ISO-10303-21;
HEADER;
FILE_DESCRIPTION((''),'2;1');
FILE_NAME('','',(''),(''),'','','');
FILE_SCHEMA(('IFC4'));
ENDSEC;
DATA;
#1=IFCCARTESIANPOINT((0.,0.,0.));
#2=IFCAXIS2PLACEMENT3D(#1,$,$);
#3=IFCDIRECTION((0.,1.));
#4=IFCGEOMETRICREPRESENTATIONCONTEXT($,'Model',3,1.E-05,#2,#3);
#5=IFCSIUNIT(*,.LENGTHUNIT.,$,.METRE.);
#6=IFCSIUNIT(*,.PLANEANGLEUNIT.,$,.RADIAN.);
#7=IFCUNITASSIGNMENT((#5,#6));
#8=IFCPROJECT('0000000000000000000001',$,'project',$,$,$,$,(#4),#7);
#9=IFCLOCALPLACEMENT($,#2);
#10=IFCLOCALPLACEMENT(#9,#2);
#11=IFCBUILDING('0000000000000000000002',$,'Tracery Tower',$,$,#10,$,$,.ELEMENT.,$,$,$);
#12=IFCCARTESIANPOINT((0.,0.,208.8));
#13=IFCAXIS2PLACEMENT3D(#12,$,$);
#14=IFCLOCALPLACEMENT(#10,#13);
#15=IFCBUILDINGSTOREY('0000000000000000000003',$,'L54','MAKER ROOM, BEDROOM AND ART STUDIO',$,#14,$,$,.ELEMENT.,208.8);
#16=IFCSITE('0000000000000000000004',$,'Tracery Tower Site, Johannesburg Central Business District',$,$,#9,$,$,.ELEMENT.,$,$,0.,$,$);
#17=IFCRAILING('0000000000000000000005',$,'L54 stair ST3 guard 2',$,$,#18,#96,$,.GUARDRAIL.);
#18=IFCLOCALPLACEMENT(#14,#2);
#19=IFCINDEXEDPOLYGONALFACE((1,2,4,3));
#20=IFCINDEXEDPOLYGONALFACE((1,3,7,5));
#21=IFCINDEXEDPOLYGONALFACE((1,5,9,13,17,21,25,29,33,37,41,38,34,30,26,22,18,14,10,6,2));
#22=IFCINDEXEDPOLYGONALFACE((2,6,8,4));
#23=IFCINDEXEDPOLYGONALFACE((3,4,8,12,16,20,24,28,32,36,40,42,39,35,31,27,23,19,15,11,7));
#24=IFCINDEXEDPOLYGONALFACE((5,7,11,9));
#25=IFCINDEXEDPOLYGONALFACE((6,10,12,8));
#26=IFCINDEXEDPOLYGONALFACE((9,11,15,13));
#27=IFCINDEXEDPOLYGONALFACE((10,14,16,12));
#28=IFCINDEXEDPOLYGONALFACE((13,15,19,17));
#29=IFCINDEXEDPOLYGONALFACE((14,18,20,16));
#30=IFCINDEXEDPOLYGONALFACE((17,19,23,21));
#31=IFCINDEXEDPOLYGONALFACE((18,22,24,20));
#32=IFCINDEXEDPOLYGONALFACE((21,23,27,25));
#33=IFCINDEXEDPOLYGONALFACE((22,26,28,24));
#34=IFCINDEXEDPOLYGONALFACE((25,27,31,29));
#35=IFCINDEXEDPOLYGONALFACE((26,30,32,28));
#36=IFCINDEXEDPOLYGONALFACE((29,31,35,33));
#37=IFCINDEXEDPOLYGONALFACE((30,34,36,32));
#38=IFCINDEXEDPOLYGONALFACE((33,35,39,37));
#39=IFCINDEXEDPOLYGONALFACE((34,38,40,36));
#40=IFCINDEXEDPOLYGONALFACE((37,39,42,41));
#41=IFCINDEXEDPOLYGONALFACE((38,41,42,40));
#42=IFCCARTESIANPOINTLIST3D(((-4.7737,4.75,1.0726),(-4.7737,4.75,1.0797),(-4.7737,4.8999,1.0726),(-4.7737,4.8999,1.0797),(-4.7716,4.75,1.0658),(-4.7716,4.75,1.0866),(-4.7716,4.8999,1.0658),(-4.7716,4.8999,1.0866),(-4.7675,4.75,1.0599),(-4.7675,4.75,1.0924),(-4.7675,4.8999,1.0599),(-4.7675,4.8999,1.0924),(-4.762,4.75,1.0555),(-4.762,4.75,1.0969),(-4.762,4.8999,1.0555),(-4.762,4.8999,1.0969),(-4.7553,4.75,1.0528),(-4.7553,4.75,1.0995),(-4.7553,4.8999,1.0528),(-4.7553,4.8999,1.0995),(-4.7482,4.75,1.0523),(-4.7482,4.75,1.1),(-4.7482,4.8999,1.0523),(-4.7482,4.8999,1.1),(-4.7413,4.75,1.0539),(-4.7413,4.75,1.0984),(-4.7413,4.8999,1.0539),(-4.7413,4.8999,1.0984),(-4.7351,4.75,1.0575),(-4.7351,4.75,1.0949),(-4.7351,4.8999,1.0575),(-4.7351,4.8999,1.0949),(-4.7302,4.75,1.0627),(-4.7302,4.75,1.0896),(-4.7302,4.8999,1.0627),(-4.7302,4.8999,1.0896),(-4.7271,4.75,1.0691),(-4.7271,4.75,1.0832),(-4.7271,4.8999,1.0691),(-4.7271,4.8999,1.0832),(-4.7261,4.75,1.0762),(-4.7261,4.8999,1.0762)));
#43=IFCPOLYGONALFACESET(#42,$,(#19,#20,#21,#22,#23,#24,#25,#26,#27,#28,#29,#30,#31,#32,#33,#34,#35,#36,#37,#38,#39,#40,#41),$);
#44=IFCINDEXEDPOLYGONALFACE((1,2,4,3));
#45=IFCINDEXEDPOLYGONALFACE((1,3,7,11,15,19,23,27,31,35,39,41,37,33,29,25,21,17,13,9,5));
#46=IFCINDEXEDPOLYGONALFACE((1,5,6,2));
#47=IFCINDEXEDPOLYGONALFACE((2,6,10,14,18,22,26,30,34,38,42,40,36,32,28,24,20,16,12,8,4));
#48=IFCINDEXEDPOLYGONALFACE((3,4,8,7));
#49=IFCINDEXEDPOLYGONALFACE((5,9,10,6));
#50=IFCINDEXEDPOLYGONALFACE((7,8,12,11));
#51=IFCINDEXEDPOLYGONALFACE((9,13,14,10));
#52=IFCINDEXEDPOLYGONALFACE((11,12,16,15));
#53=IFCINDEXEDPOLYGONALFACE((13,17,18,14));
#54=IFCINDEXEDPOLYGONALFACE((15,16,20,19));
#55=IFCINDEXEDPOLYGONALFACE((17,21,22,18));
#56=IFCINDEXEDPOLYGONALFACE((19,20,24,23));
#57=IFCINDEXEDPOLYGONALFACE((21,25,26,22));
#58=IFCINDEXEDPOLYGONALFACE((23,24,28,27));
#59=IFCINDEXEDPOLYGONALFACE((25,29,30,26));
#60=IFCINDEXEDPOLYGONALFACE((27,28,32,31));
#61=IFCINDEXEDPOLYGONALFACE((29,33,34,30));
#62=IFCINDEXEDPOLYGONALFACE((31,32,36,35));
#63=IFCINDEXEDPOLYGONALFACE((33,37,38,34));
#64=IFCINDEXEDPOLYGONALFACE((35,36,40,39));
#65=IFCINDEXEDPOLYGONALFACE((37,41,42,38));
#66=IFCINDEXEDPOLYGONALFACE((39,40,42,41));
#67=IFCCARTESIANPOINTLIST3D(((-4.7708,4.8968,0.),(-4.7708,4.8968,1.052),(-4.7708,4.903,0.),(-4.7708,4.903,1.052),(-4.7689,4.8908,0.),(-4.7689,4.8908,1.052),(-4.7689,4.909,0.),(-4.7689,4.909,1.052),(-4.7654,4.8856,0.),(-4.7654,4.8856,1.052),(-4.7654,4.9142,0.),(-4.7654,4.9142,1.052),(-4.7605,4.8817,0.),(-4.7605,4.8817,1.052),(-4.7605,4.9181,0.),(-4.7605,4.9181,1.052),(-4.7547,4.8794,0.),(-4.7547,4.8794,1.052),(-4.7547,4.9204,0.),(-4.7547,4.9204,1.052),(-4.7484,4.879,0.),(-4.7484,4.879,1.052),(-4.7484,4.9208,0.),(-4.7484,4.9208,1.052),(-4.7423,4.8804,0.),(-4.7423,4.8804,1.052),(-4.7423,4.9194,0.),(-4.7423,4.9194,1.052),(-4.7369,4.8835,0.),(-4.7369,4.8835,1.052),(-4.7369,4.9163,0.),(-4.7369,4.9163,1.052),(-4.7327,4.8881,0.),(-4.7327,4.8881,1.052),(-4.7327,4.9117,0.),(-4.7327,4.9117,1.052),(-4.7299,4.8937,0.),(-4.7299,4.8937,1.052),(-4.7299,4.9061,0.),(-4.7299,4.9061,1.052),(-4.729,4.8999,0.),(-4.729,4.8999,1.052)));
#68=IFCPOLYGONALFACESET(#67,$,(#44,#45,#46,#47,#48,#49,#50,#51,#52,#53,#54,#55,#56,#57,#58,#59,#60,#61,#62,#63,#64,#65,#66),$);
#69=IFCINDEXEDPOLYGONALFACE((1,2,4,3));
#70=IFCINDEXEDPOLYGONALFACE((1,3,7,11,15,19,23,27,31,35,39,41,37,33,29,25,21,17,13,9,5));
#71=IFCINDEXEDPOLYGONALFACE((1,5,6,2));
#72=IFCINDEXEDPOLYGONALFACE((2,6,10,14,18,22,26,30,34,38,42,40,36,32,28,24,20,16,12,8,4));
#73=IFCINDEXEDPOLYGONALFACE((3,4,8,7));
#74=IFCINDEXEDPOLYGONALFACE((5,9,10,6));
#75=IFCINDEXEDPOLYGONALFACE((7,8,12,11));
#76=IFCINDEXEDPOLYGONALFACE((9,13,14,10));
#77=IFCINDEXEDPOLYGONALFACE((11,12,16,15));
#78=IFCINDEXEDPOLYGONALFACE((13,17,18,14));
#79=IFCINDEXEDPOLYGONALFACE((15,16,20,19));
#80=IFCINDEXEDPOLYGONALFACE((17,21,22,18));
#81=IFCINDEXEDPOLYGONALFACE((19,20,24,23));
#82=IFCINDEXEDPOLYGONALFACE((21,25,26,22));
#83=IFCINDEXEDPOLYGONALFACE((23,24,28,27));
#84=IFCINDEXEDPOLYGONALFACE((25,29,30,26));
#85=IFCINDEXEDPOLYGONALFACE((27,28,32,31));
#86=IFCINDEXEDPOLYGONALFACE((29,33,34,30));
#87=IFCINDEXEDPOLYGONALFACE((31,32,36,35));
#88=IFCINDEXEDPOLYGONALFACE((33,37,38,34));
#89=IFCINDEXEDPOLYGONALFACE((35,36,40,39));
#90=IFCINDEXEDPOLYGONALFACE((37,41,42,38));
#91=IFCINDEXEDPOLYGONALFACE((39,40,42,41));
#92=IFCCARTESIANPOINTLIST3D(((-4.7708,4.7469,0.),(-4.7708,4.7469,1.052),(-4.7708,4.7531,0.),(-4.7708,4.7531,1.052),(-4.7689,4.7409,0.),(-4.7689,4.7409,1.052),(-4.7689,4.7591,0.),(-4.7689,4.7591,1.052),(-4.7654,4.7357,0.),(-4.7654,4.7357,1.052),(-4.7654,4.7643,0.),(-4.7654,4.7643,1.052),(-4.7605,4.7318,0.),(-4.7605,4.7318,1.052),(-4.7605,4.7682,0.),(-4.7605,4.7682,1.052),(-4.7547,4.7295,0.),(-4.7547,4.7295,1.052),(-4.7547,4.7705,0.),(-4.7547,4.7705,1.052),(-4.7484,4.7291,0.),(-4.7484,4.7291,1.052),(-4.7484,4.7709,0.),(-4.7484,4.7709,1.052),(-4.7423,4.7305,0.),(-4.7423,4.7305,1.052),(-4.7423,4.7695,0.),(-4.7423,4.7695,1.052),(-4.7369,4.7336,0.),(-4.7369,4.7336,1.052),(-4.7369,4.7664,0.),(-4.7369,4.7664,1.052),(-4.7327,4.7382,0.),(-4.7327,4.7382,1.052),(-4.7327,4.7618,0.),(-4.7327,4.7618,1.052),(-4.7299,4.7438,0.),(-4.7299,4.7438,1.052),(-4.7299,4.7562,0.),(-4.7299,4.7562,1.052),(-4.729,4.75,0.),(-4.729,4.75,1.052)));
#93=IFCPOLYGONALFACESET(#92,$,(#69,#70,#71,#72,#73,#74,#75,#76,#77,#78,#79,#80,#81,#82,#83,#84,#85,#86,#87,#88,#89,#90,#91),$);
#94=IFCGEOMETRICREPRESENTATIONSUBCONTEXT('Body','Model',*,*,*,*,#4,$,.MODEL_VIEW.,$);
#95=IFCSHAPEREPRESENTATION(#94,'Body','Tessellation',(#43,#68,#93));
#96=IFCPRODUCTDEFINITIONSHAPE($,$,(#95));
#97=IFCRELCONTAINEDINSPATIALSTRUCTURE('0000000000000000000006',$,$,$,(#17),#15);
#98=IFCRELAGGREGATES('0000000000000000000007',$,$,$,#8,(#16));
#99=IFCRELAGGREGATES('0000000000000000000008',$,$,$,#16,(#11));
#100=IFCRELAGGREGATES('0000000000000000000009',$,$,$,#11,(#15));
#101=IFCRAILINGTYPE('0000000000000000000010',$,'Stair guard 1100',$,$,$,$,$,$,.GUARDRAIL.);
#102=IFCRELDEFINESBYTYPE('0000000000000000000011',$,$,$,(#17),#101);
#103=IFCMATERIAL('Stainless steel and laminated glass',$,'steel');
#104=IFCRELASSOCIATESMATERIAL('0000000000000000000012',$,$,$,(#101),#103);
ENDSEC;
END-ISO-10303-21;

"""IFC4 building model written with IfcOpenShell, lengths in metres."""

from ifc_helpers import new_model, si_unit, direction, frame, origin, origin_2d, place, context, subcontext, project, spatial, circle, extrude, material, type_object, element, save


model = new_model("IFC4")

# Units and contexts
model_context = context("Model", 3, precision=1e-05, world=origin(), true_north=direction((0.0, 1.0)))
body_context = subcontext(model_context, "Body", "Model", "MODEL_VIEW")
ifc_project = project(units=[si_unit("LENGTHUNIT", "METRE"), si_unit("PLANEANGLEUNIT", "RADIAN")], contexts=[model_context])

# Site, building, storey
site_placement = place(None, origin())
site = spatial("IfcSite", under=ifc_project, at=site_placement, Name="Tracery Tower Site, Johannesburg Central Business District", CompositionType="ELEMENT", RefElevation=0.0)
building_placement = place(site_placement, origin())
building = spatial("IfcBuilding", under=site, at=building_placement, Name="Tracery Tower", CompositionType="ELEMENT")
storey_placement = place(building_placement, frame((0.0, 0.0, 208.8)))
storey = spatial("IfcBuildingStorey", under=building, at=storey_placement, Name="L54", Description="MAKER ROOM, BEDROOM AND ART STUDIO", CompositionType="ELEMENT", Elevation=208.8)

# Railing
ifc_material_1 = material(Name="Stainless steel and laminated glass", Category="steel")
railing_type_1 = type_object("IfcRailingType", Name="Stair guard 1100", PredefinedType="GUARDRAIL", material=ifc_material_1)
railing_1_placement = place(storey_placement, frame((-4.75, 4.8999, 0.0)))
element("IfcRailing", 1, at=railing_1_placement, inside=storey, type_object=railing_type_1, Name="L54 stair ST3 guard 2", PredefinedType="GUARDRAIL", context=body_context, shape_type="SweptSolid", body=[
    extrude(circle(Radius=0.0239, at=origin_2d()), frame((0.0, 0.0, 1.0762), z_axis=(0.0, -1.0, 0.0), x_axis=(1.0, 0.0, 0.0)), (0.0, 0.0, 1.0), 0.1499),
    extrude(circle(Radius=0.021, at=origin_2d()), origin(), (0.0, 0.0, 1.0), 1.052),
    extrude(circle(Radius=0.021, at=origin_2d()), frame((0.0, -0.1499, 0.0)), (0.0, 0.0, 1.0), 1.052),
])

save(model, "model.ifc")
